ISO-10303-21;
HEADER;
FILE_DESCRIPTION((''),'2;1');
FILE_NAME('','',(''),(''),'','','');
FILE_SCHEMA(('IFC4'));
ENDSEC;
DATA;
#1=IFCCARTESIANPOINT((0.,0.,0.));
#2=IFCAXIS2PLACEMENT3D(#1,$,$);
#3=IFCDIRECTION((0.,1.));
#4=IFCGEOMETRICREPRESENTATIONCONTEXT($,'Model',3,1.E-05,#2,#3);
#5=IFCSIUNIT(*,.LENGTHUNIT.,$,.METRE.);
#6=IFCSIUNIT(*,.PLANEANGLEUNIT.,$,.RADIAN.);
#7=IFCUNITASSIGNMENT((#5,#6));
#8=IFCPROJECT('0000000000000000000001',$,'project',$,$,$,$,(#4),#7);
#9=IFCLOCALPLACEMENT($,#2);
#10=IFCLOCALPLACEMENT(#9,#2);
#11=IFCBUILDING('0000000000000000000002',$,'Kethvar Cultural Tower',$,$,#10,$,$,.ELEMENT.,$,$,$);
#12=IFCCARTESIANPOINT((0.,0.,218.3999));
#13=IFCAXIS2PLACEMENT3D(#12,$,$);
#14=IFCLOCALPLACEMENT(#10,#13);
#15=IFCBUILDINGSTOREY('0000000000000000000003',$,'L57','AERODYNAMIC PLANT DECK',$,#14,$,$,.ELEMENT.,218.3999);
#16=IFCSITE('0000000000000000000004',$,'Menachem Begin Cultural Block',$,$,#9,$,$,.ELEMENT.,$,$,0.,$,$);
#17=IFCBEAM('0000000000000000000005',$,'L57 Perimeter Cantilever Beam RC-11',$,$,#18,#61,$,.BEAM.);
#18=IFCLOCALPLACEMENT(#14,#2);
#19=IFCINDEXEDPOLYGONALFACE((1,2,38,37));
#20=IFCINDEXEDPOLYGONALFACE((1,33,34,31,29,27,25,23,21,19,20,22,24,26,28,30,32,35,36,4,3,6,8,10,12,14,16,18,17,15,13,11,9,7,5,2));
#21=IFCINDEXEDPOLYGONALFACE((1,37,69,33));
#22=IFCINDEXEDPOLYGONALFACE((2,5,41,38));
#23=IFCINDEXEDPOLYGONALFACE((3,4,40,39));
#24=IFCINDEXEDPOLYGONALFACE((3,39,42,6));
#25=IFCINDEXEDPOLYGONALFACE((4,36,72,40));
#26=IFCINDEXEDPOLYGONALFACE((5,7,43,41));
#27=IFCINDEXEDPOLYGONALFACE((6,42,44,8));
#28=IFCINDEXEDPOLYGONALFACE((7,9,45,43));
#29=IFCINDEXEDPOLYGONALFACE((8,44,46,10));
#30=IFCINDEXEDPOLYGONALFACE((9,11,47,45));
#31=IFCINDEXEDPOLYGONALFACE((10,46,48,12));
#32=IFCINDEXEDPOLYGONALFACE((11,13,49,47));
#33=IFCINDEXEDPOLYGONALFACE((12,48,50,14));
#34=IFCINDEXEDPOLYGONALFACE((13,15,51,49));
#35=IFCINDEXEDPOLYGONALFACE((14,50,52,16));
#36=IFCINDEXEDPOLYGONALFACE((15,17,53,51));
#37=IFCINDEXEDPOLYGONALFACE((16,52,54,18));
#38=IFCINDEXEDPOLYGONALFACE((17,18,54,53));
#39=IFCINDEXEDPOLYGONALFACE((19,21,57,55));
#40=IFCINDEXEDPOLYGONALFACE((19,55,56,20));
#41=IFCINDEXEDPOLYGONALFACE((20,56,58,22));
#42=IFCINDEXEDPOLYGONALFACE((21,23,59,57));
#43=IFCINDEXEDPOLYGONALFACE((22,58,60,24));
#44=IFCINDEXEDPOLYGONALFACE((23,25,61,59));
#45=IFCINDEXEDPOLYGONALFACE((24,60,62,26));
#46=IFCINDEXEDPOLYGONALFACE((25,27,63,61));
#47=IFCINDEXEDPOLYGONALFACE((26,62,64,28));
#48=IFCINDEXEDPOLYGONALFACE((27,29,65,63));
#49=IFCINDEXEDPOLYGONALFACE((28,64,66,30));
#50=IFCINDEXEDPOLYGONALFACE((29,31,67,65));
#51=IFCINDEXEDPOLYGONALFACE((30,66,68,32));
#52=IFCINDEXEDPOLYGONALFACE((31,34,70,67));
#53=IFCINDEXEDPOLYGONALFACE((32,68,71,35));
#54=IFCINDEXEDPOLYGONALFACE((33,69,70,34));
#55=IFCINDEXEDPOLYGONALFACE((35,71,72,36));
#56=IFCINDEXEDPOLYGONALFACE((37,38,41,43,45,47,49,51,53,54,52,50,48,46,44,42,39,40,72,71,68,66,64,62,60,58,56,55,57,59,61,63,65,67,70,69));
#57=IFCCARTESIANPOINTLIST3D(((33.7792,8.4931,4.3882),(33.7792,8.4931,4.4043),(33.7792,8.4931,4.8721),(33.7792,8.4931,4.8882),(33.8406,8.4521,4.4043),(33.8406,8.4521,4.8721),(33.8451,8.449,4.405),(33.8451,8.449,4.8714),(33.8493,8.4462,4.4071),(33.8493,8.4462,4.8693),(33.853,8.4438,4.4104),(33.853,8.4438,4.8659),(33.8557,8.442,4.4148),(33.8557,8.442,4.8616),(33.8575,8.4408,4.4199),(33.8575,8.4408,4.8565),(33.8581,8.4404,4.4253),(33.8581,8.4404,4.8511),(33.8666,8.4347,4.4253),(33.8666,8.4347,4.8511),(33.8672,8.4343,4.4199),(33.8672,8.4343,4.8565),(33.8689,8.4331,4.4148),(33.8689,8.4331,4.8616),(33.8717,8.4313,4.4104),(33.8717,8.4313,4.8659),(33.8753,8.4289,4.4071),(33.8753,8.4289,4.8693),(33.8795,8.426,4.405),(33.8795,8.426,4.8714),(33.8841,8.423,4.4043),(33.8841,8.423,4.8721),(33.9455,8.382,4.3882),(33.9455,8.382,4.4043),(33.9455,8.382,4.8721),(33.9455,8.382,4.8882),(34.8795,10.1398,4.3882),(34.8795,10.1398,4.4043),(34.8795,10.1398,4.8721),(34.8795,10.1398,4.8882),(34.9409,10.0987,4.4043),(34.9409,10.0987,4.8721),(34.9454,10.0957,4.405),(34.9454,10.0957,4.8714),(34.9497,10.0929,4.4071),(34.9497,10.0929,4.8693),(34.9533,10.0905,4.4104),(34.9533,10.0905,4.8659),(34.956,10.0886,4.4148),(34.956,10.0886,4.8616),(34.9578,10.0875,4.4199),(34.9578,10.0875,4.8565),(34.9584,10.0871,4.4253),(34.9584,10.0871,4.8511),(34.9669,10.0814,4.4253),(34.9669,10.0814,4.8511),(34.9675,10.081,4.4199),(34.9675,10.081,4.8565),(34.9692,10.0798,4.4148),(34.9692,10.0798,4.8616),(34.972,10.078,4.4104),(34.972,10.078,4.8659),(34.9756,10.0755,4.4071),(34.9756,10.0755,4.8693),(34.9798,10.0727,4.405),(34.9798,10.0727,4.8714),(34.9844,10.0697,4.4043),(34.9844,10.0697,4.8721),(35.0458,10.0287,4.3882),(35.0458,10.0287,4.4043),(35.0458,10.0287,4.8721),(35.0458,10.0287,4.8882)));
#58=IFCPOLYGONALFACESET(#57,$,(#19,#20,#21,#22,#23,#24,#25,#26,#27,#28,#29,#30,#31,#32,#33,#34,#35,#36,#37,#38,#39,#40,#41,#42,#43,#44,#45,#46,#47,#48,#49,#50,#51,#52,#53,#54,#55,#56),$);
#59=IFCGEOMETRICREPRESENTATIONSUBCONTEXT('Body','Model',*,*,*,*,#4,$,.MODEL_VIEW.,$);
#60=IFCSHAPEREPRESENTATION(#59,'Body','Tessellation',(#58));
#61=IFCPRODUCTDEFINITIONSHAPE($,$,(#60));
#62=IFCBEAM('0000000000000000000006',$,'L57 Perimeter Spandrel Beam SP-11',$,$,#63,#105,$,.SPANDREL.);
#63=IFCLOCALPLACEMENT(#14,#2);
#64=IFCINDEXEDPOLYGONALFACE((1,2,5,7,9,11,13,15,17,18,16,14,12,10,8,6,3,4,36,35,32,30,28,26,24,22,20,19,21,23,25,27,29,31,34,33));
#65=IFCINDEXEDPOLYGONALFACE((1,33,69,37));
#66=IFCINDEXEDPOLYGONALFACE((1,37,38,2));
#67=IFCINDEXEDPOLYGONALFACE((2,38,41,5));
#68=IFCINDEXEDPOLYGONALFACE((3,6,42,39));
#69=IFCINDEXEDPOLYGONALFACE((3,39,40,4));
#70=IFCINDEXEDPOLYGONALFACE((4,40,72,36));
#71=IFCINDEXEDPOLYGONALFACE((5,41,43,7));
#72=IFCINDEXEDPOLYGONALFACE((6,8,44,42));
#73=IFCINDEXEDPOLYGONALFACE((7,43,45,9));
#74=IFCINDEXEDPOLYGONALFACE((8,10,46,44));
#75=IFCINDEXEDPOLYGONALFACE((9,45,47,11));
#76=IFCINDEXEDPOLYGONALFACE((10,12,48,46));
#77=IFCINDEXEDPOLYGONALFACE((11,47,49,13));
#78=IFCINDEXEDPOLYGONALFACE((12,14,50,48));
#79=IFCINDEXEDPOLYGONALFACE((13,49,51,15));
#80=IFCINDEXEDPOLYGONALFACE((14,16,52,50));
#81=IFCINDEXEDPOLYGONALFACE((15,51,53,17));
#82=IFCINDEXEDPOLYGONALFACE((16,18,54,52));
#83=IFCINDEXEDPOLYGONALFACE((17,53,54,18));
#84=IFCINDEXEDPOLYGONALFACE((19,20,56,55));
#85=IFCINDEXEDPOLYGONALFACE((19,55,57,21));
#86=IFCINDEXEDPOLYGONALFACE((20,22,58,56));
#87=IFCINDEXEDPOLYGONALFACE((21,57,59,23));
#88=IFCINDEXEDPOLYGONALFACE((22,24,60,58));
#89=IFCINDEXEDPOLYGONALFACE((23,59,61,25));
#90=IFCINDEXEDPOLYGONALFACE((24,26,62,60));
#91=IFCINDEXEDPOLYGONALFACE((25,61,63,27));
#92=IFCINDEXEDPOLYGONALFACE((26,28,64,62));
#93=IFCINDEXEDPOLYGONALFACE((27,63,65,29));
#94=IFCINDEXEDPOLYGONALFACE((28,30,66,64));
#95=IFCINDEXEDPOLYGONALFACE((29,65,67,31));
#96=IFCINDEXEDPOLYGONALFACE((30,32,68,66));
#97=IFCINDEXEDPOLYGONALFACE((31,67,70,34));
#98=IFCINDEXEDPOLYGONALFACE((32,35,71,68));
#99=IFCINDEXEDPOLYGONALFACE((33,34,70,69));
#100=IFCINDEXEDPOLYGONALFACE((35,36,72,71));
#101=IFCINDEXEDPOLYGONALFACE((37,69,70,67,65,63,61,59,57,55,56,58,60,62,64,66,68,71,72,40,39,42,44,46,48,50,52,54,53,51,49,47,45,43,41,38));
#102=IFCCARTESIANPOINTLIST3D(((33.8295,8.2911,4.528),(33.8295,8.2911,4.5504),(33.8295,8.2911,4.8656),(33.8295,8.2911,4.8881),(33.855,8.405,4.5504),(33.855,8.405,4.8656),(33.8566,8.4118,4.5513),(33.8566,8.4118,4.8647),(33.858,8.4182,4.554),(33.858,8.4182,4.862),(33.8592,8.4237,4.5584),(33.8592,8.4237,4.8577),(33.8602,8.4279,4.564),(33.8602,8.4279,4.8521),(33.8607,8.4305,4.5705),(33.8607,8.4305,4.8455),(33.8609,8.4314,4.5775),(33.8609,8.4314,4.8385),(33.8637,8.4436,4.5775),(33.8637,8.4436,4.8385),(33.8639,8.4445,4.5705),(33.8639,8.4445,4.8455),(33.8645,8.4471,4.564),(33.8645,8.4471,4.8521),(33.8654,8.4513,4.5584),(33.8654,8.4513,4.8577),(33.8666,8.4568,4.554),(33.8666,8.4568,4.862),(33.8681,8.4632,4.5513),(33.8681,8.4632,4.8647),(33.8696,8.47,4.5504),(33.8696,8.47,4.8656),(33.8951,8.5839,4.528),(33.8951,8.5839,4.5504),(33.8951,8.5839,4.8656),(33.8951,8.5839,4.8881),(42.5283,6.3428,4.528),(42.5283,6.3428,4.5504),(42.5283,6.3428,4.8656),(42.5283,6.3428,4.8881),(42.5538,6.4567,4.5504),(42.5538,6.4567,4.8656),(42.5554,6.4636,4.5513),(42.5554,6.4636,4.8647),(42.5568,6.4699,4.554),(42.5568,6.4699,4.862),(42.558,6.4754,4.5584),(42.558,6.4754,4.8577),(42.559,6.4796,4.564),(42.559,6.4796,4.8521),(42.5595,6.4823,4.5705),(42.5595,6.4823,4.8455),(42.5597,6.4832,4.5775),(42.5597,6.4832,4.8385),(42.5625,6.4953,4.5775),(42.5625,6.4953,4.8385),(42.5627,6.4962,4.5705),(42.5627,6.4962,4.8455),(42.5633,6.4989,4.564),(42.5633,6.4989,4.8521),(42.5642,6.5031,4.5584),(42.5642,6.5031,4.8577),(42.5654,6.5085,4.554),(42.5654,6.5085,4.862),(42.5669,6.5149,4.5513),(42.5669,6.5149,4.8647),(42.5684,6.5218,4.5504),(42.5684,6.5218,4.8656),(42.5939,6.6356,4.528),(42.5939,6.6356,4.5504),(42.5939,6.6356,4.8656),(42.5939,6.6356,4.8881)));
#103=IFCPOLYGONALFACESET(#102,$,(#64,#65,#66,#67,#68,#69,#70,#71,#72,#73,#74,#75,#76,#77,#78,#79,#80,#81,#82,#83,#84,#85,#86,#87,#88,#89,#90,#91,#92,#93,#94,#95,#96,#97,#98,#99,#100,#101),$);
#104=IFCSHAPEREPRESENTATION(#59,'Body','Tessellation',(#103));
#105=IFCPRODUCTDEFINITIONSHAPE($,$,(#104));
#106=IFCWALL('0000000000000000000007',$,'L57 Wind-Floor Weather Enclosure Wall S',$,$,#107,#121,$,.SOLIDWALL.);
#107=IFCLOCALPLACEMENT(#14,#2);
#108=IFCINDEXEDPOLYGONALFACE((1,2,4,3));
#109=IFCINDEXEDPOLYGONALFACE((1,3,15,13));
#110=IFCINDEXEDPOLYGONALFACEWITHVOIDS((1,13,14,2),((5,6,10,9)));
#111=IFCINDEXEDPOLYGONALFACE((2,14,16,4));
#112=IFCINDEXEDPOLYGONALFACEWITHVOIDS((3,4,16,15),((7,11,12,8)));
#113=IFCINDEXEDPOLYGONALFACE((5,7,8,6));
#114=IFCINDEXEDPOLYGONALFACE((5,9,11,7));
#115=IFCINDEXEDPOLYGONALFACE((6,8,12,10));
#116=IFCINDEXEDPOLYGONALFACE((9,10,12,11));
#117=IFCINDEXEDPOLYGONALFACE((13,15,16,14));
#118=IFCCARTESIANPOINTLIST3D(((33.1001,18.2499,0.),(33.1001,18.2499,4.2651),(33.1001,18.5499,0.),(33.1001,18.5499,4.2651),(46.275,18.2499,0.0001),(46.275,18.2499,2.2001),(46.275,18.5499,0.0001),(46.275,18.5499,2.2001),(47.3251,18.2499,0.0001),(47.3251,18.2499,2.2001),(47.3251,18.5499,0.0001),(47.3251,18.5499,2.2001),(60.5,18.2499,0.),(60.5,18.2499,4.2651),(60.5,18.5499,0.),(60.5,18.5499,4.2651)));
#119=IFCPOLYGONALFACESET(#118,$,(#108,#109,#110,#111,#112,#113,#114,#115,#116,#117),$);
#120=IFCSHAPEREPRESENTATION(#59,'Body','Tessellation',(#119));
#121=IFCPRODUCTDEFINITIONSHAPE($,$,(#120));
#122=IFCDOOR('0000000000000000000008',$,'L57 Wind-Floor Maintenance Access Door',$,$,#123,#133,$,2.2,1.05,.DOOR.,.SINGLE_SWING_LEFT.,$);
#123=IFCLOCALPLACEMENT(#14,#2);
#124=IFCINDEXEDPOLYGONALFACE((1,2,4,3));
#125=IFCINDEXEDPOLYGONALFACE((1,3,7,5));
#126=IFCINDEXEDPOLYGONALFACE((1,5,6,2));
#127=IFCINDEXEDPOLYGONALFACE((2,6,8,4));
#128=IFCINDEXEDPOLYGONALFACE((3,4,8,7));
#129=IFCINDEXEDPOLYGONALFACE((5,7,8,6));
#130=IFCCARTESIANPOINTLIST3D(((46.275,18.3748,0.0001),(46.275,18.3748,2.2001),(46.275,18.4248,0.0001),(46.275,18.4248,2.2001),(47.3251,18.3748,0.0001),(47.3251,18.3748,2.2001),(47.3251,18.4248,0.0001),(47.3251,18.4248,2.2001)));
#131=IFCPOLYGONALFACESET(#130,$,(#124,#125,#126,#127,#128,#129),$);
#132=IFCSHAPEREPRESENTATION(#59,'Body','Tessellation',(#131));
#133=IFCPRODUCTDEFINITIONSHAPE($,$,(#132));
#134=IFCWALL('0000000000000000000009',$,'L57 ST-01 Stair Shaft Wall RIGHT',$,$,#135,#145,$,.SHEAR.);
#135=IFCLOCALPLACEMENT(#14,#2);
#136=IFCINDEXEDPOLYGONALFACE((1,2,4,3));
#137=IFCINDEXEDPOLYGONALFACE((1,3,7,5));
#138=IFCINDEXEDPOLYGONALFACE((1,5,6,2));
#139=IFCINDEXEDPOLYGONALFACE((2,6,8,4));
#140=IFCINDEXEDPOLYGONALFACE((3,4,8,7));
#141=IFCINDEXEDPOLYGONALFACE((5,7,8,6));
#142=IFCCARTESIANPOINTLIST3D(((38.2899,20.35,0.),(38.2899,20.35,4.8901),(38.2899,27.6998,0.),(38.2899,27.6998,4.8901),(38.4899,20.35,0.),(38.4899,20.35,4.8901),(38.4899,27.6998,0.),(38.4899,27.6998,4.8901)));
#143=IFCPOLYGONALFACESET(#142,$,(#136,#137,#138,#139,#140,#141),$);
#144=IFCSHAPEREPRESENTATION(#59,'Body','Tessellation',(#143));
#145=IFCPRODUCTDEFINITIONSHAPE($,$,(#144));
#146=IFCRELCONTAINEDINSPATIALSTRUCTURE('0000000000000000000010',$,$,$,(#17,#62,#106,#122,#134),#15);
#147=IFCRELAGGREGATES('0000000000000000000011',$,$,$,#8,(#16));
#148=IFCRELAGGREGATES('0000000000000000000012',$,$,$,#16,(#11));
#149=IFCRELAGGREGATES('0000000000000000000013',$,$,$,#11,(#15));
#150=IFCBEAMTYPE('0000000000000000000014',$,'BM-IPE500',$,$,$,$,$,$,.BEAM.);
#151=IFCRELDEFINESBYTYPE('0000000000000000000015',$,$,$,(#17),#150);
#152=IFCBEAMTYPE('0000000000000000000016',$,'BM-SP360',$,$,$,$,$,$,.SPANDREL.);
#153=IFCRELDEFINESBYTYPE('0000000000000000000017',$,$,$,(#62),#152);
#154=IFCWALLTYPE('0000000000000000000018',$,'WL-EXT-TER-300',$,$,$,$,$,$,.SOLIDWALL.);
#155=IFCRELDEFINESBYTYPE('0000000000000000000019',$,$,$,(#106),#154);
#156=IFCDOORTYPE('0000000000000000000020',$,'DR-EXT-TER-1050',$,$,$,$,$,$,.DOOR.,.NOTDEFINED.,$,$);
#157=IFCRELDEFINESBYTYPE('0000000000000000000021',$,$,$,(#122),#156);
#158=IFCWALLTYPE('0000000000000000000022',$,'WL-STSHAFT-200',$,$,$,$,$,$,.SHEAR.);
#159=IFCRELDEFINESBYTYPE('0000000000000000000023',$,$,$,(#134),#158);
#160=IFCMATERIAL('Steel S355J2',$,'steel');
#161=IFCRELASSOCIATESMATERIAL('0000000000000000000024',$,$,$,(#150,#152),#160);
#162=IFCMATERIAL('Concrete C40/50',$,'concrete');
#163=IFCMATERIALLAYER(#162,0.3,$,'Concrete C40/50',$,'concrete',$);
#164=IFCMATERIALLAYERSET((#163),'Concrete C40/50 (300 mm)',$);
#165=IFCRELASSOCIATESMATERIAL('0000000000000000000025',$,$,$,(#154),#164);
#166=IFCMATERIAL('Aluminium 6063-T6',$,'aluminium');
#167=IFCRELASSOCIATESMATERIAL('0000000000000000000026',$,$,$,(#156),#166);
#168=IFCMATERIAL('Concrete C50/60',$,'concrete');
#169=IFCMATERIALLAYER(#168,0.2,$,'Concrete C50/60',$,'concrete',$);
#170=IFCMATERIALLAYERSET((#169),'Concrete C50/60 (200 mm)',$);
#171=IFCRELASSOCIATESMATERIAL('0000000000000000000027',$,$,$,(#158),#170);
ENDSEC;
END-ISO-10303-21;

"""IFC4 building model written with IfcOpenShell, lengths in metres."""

from ifc_helpers import new_model, si_unit, direction, frame, frame_2d, origin, origin_2d, place, context, subcontext, project, spatial, rectangle, i_section, extrude, source, transform, mapped, material, layer, layer_set, material_profile, profile_set, type_object, element, fill, save


model = new_model("IFC4")

# Units and contexts
model_context = context("Model", 3, precision=1e-05, world=origin(), true_north=direction((0.0, 1.0)))
body_context = subcontext(model_context, "Body", "Model", "MODEL_VIEW")
ifc_project = project(units=[si_unit("LENGTHUNIT", "METRE"), si_unit("PLANEANGLEUNIT", "RADIAN")], contexts=[model_context])

# Site, building, storey
site_placement = place(None, origin())
site = spatial("IfcSite", under=ifc_project, at=site_placement, Name="Menachem Begin Cultural Block", CompositionType="ELEMENT", RefElevation=0.0)
building_placement = place(site_placement, origin())
building = spatial("IfcBuilding", under=site, at=building_placement, Name="Kethvar Cultural Tower", CompositionType="ELEMENT")
storey_placement = place(building_placement, frame((0.0, 0.0, 218.3999)))
storey = spatial("IfcBuildingStorey", under=building, at=storey_placement, Name="L57", Description="AERODYNAMIC PLANT DECK", CompositionType="ELEMENT", Elevation=218.3999)

# Beams
ifc_material_1 = material(Name="Steel S355J2", Category="steel")
ifc_material_profile_1 = material_profile(ifc_material_1, i_section(OverallWidth=0.2, OverallDepth=0.5, WebThickness=0.0103, FlangeThickness=0.0161, FilletRadius=0.021, at=origin_2d()), Name="Steel S355J2 — IPE500")
ifc_profile_set_1 = profile_set([ifc_material_profile_1], Name="Steel S355J2 — IPE500")
beam_type_1 = type_object("IfcBeamType", Name="BM-IPE500", PredefinedType="BEAM", material=ifc_profile_set_1)
shared_shape_1 = source(origin(), body_context, "Body", "SweptSolid", [
    extrude(i_section(OverallWidth=0.2, OverallDepth=0.5, WebThickness=0.0103, FlangeThickness=0.0161, FilletRadius=0.021, at=origin_2d()), origin(), (0.0, 0.0, 1.0), 1.9805),
])
beam_1_placement = place(storey_placement, frame((34.9626, 10.0842, 4.6382), z_axis=(-0.555582, -0.831462, 0.0), x_axis=(0.831462, -0.555582, 0.0)))
element("IfcBeam", 1, at=beam_1_placement, inside=storey, type_object=beam_type_1, Name="L57 Perimeter Cantilever Beam RC-11", PredefinedType="BEAM", context=body_context, shape_type="MappedRepresentation", body=[
    mapped(shared_shape_1, transform((0.0, 0.0, 0.0), scale=1.0)),
])
ifc_material_profile_2 = material_profile(ifc_material_1, i_section(OverallWidth=0.3, OverallDepth=0.3601, WebThickness=0.0125, FlangeThickness=0.0225, FilletRadius=0.0271, at=origin_2d()), Name="Steel S355J2 — HEB360")
ifc_profile_set_2 = profile_set([ifc_material_profile_2], Name="Steel S355J2 — HEB360")
beam_type_2 = type_object("IfcBeamType", Name="BM-SP360", PredefinedType="SPANDREL", material=ifc_profile_set_2)
shared_shape_2 = source(origin(), body_context, "Body", "SweptSolid", [
    extrude(i_section(OverallWidth=0.3, OverallDepth=0.3601, WebThickness=0.0125, FlangeThickness=0.0225, FilletRadius=0.0271, at=origin_2d()), origin(), (0.0, 0.0, 1.0), 8.9143),
])
beam_2_placement = place(storey_placement, frame((33.8623, 8.4375, 4.708), z_axis=(0.975825, -0.218554, 0.0), x_axis=(0.218554, 0.975825, 0.0)))
element("IfcBeam", 2, at=beam_2_placement, inside=storey, type_object=beam_type_2, Name="L57 Perimeter Spandrel Beam SP-11", PredefinedType="SPANDREL", context=body_context, shape_type="MappedRepresentation", body=[
    mapped(shared_shape_2, transform((0.0, 0.0, 0.0), scale=1.0)),
])

# Shared definitions
ifc_material_2 = material(Name="Concrete C50/60", Category="concrete")

# Wall, opening, door
ifc_material_3 = material(Name="Concrete C40/50", Category="concrete")
ifc_layer_1 = layer(ifc_material_3, 0.3, Name="Concrete C40/50", Category="concrete")
ifc_layer_set_1 = layer_set([ifc_layer_1], Name="Concrete C40/50 (300 mm)")
wall_type_1 = type_object("IfcWallType", Name="WL-EXT-TER-300", PredefinedType="SOLIDWALL", material=ifc_layer_set_1)
wall_1_placement = place(storey_placement, frame((33.1001, 18.3999, 0.0), z_axis=(0.0, 0.0, 1.0), x_axis=(1.0, 0.0, 0.0)))
wall_1 = element("IfcWall", 3, at=wall_1_placement, inside=storey, type_object=wall_type_1, Name="L57 Wind-Floor Weather Enclosure Wall S", PredefinedType="SOLIDWALL", context=body_context, shape_type="SweptSolid", body=[
    extrude(rectangle(XDim=27.3999, YDim=0.3, at=frame_2d((13.7, 0.0))), origin(), (0.0, 0.0, 1.0), 4.2651),
])
opening_1_placement = place(wall_1_placement, frame((13.175, 0.0, 0.0)))
opening_1 = element("IfcOpeningElement", 4, at=opening_1_placement, cuts=wall_1, PredefinedType="OPENING", context=body_context, shape_type="SweptSolid", body=[
    extrude(rectangle(XDim=1.05, YDim=2.2, at=frame_2d((0.5249, 1.1001))), frame((0.0, 0.1599, 0.0), z_axis=(0.0, -1.0, 0.0), x_axis=(1.0, 0.0, 0.0)), (0.0, 0.0, 1.0), 0.3201),
])
ifc_material_4 = material(Name="Aluminium 6063-T6", Category="aluminium")
door_type_1 = type_object("IfcDoorType", Name="DR-EXT-TER-1050", OperationType="NOTDEFINED", PredefinedType="DOOR", material=ifc_material_4)
shared_shape_3 = source(origin(), body_context, "Body", "SweptSolid", [
    extrude(rectangle(XDim=1.05, YDim=2.2, at=frame_2d((0.5249, 1.1001))), frame((0.0, 0.0249, 0.0), z_axis=(0.0, -1.0, 0.0), x_axis=(1.0, 0.0, 0.0)), (0.0, 0.0, 1.0), 0.05),
])
door_1_placement = place(opening_1_placement, origin())
door_1 = element("IfcDoor", 5, at=door_1_placement, inside=storey, type_object=door_type_1, Name="L57 Wind-Floor Maintenance Access Door", OperationType="SINGLE_SWING_LEFT", OverallHeight=2.2, OverallWidth=1.05, PredefinedType="DOOR", context=body_context, shape_type="MappedRepresentation", body=[
    mapped(shared_shape_3, transform((0.0, 0.0, 0.0), scale=1.0)),
])
fill(opening_1, door_1)

# Wall
ifc_layer_2 = layer(ifc_material_2, 0.2, Name="Concrete C50/60", Category="concrete")
ifc_layer_set_2 = layer_set([ifc_layer_2], Name="Concrete C50/60 (200 mm)")
wall_type_2 = type_object("IfcWallType", Name="WL-STSHAFT-200", PredefinedType="SHEAR", material=ifc_layer_set_2)
wall_2_placement = place(storey_placement, frame((38.3899, 20.3501, 0.0), z_axis=(0.0, 0.0, 1.0), x_axis=(0.0, 1.0, 0.0)))
element("IfcWall", 6, at=wall_2_placement, inside=storey, type_object=wall_type_2, Name="L57 ST-01 Stair Shaft Wall RIGHT", PredefinedType="SHEAR", context=body_context, shape_type="SweptSolid", body=[
    extrude(rectangle(XDim=7.3499, YDim=0.2, at=frame_2d((3.6748, 0.0))), origin(), (0.0, 0.0, 1.0), 4.8901),
])

save(model, "model.ifc")
